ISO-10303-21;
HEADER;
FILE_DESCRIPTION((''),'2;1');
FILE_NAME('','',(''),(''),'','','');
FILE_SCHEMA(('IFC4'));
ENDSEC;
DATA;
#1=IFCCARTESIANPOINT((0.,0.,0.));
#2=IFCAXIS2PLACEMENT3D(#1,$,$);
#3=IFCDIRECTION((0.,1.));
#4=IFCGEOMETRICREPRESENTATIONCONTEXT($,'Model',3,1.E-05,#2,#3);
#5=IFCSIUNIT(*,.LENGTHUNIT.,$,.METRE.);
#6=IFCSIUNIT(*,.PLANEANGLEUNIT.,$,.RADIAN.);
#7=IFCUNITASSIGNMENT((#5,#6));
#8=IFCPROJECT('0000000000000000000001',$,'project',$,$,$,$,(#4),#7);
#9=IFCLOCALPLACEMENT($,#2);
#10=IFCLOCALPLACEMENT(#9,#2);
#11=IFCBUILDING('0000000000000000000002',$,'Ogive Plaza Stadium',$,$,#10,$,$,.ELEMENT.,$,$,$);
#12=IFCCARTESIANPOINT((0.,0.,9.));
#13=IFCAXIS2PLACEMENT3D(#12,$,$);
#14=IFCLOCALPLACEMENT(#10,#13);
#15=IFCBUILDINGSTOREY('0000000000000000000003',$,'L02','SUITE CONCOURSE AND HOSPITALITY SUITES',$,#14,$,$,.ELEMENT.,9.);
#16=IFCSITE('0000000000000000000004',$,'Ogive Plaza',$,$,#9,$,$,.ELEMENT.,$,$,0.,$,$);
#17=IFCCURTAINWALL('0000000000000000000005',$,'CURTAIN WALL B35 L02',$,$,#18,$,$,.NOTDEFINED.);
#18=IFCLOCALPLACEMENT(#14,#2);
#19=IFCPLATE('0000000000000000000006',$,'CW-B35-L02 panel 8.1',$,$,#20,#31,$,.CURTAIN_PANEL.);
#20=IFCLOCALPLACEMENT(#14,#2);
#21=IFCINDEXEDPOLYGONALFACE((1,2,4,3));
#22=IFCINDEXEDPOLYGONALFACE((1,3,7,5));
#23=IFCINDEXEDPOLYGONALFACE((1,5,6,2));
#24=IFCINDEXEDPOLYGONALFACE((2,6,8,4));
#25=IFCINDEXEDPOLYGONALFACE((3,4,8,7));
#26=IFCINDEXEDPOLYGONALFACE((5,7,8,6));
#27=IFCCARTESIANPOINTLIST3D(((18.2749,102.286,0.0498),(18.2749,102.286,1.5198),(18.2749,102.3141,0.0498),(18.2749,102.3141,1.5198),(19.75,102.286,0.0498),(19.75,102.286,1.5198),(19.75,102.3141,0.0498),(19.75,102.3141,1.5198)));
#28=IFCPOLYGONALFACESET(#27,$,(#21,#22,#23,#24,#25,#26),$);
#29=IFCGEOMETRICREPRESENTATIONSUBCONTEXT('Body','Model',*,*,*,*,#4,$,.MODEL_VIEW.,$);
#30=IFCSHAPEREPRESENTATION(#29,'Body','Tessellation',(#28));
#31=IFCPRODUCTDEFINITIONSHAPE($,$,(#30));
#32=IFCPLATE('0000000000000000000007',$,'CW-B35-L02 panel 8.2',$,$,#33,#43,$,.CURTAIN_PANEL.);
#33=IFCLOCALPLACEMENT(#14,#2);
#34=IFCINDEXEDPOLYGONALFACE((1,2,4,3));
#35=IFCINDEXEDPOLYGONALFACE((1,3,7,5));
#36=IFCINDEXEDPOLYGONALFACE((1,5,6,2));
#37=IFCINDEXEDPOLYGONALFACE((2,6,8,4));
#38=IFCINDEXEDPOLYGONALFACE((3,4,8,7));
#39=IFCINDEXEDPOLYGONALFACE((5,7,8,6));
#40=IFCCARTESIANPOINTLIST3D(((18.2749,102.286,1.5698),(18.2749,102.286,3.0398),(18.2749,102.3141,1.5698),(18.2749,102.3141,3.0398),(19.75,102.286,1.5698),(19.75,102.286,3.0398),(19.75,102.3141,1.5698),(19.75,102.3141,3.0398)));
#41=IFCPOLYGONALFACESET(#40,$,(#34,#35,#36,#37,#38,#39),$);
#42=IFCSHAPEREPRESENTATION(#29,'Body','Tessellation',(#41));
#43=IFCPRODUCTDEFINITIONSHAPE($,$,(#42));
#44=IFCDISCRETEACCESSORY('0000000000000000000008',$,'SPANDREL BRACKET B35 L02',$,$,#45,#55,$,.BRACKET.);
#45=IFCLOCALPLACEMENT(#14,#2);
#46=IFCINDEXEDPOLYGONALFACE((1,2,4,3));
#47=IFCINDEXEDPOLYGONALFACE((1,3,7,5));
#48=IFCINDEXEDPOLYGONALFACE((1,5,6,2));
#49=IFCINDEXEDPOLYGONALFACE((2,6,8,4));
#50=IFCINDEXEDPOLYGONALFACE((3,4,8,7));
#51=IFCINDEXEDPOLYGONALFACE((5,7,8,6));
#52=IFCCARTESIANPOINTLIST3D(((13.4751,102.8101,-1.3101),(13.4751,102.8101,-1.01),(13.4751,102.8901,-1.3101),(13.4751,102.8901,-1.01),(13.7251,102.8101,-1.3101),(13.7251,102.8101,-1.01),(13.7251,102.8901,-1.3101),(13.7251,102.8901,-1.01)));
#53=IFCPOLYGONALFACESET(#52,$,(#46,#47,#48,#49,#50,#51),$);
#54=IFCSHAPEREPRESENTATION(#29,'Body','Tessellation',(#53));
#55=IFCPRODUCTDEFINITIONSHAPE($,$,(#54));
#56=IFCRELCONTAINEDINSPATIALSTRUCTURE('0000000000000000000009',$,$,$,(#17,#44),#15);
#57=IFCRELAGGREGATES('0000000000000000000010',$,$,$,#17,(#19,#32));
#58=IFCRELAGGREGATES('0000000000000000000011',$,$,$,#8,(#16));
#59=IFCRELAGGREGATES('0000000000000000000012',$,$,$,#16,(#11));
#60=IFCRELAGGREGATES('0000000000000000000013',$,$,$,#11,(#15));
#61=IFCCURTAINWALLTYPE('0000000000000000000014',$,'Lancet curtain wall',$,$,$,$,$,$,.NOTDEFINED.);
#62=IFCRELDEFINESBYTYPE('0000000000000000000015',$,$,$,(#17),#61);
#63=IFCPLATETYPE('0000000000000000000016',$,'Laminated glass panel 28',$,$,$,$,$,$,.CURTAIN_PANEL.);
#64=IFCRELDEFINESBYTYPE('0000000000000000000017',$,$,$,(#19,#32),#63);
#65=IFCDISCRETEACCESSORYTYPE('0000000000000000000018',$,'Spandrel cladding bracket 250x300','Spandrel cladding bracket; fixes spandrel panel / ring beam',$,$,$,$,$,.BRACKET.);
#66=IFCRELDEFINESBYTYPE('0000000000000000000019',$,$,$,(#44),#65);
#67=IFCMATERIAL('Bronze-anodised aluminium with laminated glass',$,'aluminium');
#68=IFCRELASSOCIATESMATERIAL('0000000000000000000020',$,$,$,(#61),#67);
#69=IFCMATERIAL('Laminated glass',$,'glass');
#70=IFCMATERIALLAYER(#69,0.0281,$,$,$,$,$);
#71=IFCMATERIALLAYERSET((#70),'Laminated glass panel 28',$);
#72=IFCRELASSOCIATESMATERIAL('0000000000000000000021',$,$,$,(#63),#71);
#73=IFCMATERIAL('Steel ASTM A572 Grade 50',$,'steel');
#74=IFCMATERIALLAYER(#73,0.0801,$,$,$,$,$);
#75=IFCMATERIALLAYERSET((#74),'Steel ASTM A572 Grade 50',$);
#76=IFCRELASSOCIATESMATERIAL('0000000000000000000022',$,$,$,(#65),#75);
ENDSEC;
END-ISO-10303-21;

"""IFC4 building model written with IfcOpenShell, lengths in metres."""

from ifc_helpers import new_model, si_unit, direction, frame, origin, origin_2d, place, context, subcontext, project, spatial, rectangle, extrude, material, layer, layer_set, type_object, element, aggregate, save


model = new_model("IFC4")

# Units and contexts
model_context = context("Model", 3, precision=1e-05, world=origin(), true_north=direction((0.0, 1.0)))
body_context = subcontext(model_context, "Body", "Model", "MODEL_VIEW")
ifc_project = project(units=[si_unit("LENGTHUNIT", "METRE"), si_unit("PLANEANGLEUNIT", "RADIAN")], contexts=[model_context])

# Site, building, storey
site_placement = place(None, origin())
site = spatial("IfcSite", under=ifc_project, at=site_placement, Name="Ogive Plaza", CompositionType="ELEMENT", RefElevation=0.0)
building_placement = place(site_placement, origin())
building = spatial("IfcBuilding", under=site, at=building_placement, Name="Ogive Plaza Stadium", CompositionType="ELEMENT")
storey_placement = place(building_placement, frame((0.0, 0.0, 9.0)))
storey = spatial("IfcBuildingStorey", under=building, at=storey_placement, Name="L02", Description="SUITE CONCOURSE AND HOSPITALITY SUITES", CompositionType="ELEMENT", Elevation=9.0)

# Curtain wall
ifc_material_1 = material(Name="Bronze-anodised aluminium with laminated glass", Category="aluminium")
curtain_wall_type = type_object("IfcCurtainWallType", Name="Lancet curtain wall", PredefinedType="NOTDEFINED", material=ifc_material_1)
curtain_wall_1_placement = place(storey_placement, origin())
curtain_wall_1 = element("IfcCurtainWall", 1, at=curtain_wall_1_placement, inside=storey, type_object=curtain_wall_type, Name="CURTAIN WALL B35 L02", PredefinedType="NOTDEFINED")

# Plates
ifc_material_2 = material(Name="Laminated glass", Category="glass")
ifc_layer_1 = layer(ifc_material_2, 0.0281)
ifc_layer_set_1 = layer_set([ifc_layer_1], Name="Laminated glass panel 28")
plate_type = type_object("IfcPlateType", Name="Laminated glass panel 28", PredefinedType="CURTAIN_PANEL", material=ifc_layer_set_1)
plate_1_placement = place(storey_placement, frame((19.0125, 102.3, 0.0498), z_axis=(0.0, 0.0, 1.0), x_axis=(1.0, 0.0, 0.0)))
plate_1 = element("IfcPlate", 2, at=plate_1_placement, type_object=plate_type, Name="CW-B35-L02 panel 8.1", PredefinedType="CURTAIN_PANEL", context=body_context, shape_type="SweptSolid", body=[
    extrude(rectangle(XDim=1.4751, YDim=0.0281, at=origin_2d()), origin(), (0.0, 0.0, 1.0), 1.47),
])
plate_2_placement = place(storey_placement, frame((19.0125, 102.3, 1.5698), z_axis=(0.0, 0.0, 1.0), x_axis=(1.0, 0.0, 0.0)))
plate_2 = element("IfcPlate", 3, at=plate_2_placement, type_object=plate_type, Name="CW-B35-L02 panel 8.2", PredefinedType="CURTAIN_PANEL", context=body_context, shape_type="SweptSolid", body=[
    extrude(rectangle(XDim=1.4751, YDim=0.0281, at=origin_2d()), origin(), (0.0, 0.0, 1.0), 1.47),
])
aggregate(curtain_wall_1, [plate_1, plate_2])

# Discrete accessory
ifc_material_3 = material(Name="Steel ASTM A572 Grade 50", Category="steel")
ifc_layer_2 = layer(ifc_material_3, 0.0801)
ifc_layer_set_2 = layer_set([ifc_layer_2], Name="Steel ASTM A572 Grade 50")
discrete_accessory_type = type_object("IfcDiscreteAccessoryType", Name="Spandrel cladding bracket 250x300", Description="Spandrel cladding bracket; fixes spandrel panel / ring beam", PredefinedType="BRACKET", material=ifc_layer_set_2)
discrete_accessory_placement = place(storey_placement, frame((13.6001, 102.8501, -1.3101), z_axis=(0.0, 0.0, 1.0), x_axis=(1.0, 0.0, 0.0)))
element("IfcDiscreteAccessory", 4, at=discrete_accessory_placement, inside=storey, type_object=discrete_accessory_type, Name="SPANDREL BRACKET B35 L02", PredefinedType="BRACKET", context=body_context, shape_type="SweptSolid", body=[
    extrude(rectangle(XDim=0.25, YDim=0.0801, at=origin_2d()), origin(), (0.0, 0.0, 1.0), 0.3),
])

save(model, "model.ifc")
